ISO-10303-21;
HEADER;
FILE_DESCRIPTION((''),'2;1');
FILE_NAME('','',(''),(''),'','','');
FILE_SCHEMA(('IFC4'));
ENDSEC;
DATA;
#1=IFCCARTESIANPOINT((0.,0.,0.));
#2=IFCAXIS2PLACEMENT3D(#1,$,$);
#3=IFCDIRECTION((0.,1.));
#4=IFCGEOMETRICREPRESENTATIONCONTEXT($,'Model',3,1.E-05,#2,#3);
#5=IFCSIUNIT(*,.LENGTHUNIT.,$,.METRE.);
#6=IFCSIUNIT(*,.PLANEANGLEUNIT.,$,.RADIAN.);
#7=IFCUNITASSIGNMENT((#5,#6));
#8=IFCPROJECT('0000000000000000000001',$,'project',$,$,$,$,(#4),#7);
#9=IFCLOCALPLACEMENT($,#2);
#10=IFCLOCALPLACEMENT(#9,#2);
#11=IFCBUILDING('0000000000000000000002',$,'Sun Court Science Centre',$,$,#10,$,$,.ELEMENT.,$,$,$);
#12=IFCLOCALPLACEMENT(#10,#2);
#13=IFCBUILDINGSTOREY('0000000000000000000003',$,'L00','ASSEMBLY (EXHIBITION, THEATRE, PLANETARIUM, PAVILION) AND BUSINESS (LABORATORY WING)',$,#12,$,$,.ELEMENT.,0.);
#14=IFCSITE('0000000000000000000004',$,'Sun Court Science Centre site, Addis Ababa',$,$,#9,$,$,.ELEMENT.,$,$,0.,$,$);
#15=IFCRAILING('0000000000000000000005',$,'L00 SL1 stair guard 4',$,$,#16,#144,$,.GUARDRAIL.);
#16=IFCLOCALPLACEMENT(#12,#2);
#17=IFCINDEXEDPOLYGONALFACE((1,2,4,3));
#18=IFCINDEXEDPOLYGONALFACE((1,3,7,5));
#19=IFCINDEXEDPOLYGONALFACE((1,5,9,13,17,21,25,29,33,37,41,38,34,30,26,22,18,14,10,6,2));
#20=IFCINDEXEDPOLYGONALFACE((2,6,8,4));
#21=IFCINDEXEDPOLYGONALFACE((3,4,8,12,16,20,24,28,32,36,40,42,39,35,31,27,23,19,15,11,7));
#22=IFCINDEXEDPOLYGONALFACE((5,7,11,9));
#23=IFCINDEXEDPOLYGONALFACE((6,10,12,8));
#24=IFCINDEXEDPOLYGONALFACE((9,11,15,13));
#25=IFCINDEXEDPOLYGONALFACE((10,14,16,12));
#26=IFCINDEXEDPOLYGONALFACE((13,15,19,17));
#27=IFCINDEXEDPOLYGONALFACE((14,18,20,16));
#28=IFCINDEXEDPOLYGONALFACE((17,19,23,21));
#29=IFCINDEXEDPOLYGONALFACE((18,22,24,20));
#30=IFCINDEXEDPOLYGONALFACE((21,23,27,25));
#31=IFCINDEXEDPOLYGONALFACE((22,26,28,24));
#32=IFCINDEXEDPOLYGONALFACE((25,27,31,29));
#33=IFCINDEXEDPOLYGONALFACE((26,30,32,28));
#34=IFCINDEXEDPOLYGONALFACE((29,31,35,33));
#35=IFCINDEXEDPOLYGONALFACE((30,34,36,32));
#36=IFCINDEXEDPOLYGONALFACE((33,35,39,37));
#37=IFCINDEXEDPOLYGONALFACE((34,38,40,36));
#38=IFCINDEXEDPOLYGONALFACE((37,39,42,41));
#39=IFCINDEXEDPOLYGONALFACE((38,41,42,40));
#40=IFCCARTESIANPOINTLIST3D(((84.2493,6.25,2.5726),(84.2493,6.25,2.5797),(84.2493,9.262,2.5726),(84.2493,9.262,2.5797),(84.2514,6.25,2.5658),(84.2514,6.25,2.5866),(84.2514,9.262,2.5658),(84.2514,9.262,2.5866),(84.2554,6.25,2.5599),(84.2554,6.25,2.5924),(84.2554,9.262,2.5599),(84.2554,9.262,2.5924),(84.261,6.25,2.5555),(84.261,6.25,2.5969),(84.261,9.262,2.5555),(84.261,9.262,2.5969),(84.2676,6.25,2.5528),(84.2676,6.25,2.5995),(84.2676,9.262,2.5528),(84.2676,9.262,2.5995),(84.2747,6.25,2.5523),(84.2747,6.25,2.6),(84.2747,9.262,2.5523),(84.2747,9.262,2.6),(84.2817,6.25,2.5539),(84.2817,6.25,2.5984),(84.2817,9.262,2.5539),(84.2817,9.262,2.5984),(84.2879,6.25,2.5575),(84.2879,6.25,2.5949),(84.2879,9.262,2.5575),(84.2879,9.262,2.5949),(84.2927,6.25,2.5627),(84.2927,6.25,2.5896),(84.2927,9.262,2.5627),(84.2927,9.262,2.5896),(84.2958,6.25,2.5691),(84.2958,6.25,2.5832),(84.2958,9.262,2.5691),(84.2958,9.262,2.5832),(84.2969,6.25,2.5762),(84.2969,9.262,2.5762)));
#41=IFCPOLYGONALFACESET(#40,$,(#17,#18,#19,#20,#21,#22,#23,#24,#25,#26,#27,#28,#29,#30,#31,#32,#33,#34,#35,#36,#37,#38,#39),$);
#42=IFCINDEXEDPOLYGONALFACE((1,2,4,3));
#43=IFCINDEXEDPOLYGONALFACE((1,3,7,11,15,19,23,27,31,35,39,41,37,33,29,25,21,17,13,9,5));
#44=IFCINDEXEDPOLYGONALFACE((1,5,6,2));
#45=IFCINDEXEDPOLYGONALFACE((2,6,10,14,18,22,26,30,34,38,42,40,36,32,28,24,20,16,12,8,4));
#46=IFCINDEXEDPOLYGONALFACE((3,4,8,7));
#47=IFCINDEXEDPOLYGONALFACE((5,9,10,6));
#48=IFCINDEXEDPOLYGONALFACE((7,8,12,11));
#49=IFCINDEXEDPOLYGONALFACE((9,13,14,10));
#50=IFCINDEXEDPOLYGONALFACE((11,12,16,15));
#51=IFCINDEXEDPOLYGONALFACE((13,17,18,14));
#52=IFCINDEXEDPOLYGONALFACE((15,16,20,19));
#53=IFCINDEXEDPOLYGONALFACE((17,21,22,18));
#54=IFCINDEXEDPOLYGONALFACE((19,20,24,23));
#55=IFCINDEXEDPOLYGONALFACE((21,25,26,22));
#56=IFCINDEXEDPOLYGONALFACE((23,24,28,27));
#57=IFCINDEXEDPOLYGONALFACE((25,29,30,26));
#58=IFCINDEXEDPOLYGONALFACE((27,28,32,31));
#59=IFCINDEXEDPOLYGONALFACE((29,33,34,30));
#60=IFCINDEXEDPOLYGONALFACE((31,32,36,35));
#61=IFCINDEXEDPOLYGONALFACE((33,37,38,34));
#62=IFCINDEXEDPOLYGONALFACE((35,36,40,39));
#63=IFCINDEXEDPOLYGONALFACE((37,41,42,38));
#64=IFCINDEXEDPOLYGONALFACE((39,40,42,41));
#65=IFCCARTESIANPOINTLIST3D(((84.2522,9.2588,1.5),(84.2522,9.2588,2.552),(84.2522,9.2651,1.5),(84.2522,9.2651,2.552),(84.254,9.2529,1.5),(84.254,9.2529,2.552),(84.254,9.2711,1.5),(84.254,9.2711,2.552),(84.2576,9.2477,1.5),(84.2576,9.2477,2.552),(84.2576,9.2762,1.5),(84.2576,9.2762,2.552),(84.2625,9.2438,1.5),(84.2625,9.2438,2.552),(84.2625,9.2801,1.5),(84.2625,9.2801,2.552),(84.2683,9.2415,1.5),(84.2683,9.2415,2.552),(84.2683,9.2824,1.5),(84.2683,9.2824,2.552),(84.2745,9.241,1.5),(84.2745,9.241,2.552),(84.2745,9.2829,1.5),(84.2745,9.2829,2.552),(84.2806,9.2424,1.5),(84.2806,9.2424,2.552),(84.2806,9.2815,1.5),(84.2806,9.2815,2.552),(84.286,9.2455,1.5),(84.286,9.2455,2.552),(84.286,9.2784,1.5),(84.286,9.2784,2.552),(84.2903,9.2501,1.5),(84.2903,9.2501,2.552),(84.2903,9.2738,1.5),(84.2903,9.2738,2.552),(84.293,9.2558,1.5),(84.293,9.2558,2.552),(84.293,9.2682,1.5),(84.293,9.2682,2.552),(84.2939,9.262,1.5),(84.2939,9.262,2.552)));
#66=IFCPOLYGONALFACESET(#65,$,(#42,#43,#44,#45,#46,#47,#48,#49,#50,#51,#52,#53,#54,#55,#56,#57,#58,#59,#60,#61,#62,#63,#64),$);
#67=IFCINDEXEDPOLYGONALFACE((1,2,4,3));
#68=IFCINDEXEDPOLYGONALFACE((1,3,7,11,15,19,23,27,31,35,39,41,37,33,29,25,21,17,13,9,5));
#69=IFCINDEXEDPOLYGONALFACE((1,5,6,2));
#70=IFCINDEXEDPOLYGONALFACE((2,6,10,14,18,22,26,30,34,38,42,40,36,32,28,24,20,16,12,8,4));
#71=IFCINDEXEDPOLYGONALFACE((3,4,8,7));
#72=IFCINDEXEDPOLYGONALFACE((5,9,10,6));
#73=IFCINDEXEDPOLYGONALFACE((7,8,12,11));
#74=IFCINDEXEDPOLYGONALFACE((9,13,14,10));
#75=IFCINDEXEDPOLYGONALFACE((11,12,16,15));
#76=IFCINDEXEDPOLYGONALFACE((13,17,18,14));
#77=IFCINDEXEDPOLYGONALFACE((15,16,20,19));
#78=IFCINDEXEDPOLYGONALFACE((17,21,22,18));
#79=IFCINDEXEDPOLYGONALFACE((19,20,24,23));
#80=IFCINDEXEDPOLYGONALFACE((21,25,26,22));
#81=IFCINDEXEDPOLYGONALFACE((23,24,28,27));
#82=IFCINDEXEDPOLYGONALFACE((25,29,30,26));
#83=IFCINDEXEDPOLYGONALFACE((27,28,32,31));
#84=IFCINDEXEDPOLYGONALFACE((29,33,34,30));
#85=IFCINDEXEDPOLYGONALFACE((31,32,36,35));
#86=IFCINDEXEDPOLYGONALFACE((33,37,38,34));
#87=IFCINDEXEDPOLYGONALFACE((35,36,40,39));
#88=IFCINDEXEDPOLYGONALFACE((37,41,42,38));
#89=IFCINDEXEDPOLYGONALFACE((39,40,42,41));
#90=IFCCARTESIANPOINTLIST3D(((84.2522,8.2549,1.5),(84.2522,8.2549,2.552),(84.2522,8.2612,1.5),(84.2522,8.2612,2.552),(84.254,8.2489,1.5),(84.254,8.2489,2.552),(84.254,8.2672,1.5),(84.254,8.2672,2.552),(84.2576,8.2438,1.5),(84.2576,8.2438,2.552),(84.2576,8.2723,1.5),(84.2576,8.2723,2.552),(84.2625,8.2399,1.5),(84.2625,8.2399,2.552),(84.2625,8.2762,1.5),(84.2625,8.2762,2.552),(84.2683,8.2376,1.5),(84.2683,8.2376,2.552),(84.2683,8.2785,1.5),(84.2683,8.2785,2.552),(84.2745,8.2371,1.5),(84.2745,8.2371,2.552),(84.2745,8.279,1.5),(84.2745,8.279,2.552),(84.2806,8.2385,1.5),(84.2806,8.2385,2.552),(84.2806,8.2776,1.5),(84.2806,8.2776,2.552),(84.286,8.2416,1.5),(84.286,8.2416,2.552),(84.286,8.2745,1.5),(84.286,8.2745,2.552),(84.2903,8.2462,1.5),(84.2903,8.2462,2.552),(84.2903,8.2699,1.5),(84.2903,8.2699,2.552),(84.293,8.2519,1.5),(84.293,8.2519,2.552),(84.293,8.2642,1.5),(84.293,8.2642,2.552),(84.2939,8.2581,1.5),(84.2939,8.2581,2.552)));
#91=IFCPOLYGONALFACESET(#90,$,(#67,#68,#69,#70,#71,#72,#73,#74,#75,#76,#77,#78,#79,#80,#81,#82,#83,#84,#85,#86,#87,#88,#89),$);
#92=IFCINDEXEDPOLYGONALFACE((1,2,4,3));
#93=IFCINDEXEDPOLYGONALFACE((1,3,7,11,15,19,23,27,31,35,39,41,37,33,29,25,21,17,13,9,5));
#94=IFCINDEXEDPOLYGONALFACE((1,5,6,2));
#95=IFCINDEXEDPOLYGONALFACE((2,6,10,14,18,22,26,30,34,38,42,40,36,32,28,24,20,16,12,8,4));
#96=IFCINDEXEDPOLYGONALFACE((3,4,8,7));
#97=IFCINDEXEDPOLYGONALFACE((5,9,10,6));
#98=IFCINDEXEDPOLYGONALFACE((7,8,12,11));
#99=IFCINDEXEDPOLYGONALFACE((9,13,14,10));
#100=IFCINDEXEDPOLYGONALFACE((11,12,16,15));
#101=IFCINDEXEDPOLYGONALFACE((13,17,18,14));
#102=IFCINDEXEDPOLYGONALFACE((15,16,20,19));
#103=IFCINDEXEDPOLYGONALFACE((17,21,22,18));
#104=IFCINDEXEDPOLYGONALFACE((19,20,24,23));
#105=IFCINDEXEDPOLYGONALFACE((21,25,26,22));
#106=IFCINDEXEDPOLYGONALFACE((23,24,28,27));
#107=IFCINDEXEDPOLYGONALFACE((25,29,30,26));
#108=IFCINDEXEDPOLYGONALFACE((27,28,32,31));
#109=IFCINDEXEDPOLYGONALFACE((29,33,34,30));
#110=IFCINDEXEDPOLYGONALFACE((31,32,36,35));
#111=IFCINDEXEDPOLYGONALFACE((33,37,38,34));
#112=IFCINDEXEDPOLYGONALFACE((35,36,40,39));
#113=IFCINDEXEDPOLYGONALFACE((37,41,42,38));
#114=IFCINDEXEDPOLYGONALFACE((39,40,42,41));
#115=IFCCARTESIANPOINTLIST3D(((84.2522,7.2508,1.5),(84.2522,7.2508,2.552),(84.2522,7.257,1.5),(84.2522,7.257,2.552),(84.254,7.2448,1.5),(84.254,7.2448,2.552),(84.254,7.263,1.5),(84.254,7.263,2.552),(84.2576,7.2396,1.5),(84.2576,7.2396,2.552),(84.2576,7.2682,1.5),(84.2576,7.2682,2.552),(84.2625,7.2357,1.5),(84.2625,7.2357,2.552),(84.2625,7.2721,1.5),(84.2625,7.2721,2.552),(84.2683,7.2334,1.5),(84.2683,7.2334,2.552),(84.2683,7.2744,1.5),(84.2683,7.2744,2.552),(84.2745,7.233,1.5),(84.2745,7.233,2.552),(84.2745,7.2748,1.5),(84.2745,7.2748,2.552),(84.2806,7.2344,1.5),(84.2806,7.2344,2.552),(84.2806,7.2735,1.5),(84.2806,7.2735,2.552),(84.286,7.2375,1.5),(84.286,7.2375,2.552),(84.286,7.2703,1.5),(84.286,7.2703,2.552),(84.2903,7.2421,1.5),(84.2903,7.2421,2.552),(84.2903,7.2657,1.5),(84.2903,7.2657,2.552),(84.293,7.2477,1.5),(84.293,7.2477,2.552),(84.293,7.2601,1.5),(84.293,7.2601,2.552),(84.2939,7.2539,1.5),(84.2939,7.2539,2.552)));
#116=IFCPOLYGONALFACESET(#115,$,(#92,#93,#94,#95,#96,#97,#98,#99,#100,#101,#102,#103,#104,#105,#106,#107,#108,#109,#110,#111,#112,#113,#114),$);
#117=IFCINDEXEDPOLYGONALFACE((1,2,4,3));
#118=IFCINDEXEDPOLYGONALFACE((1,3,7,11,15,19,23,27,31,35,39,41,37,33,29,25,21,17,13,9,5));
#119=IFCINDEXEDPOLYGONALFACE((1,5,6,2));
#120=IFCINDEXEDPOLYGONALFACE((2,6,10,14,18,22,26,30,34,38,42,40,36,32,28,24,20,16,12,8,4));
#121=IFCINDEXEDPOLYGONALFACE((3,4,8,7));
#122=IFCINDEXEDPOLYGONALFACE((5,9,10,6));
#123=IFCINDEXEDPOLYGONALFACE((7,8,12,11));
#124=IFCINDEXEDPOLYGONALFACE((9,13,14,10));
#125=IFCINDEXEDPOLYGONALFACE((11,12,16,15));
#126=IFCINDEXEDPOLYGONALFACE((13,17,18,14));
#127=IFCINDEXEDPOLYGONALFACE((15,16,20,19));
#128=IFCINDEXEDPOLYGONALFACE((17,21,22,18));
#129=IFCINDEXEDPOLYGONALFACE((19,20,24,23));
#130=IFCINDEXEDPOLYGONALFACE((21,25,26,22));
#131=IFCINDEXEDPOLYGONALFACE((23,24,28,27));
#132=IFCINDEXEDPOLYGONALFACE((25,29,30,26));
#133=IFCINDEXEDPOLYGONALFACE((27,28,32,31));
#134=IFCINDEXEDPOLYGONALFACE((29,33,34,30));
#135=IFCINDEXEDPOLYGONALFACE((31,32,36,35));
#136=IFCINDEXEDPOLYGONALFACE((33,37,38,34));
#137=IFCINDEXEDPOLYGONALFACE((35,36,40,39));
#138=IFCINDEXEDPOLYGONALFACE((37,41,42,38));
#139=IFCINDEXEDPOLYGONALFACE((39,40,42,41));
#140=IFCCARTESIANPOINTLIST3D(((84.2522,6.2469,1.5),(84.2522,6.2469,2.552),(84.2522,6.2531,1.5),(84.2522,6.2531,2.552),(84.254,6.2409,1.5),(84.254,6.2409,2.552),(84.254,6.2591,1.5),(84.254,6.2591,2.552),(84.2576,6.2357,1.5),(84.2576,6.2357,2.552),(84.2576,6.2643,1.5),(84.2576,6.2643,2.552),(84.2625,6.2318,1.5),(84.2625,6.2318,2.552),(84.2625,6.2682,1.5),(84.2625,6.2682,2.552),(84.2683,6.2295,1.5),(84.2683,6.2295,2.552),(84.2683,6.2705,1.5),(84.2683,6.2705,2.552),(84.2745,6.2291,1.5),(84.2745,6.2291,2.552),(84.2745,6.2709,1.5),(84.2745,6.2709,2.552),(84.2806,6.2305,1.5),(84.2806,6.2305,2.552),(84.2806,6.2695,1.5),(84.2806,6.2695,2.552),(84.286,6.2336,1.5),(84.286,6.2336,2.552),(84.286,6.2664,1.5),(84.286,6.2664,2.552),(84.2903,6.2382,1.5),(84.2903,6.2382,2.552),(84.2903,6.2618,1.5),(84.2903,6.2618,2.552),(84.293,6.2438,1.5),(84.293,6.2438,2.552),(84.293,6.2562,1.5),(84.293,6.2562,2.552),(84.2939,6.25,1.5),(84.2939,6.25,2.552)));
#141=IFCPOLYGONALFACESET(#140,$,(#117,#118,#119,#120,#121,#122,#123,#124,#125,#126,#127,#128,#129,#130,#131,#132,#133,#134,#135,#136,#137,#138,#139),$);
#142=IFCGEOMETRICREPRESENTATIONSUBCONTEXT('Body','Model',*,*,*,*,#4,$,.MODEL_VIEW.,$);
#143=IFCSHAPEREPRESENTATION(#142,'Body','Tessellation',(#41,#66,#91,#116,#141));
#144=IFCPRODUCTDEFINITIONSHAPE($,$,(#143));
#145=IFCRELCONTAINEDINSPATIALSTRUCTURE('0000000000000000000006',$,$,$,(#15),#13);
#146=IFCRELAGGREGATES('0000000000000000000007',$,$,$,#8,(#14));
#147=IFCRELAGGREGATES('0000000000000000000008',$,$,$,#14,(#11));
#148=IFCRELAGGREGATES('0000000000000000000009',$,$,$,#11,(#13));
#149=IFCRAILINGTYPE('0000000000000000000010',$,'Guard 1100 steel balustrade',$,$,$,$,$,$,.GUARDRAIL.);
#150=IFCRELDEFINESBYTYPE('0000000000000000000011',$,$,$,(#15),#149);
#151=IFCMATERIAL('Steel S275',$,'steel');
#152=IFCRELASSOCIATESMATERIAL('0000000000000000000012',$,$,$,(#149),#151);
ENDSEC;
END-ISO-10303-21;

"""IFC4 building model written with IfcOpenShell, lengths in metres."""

from ifc_helpers import new_model, si_unit, direction, frame, origin, origin_2d, place, context, subcontext, project, spatial, circle, extrude, material, type_object, element, save


model = new_model("IFC4")

# Units and contexts
model_context = context("Model", 3, precision=1e-05, world=origin(), true_north=direction((0.0, 1.0)))
body_context = subcontext(model_context, "Body", "Model", "MODEL_VIEW")
ifc_project = project(units=[si_unit("LENGTHUNIT", "METRE"), si_unit("PLANEANGLEUNIT", "RADIAN")], contexts=[model_context])

# Site, building, storey
site_placement = place(None, origin())
site = spatial("IfcSite", under=ifc_project, at=site_placement, Name="Sun Court Science Centre site, Addis Ababa", CompositionType="ELEMENT", RefElevation=0.0)
building_placement = place(site_placement, origin())
building = spatial("IfcBuilding", under=site, at=building_placement, Name="Sun Court Science Centre", CompositionType="ELEMENT")
storey_placement = place(building_placement, origin())
storey = spatial("IfcBuildingStorey", under=building, at=storey_placement, Name="L00", Description="ASSEMBLY (EXHIBITION, THEATRE, PLANETARIUM, PAVILION) AND BUSINESS (LABORATORY WING)", CompositionType="ELEMENT", Elevation=0.0)

# Railing
ifc_material_1 = material(Name="Steel S275", Category="steel")
railing_type_1 = type_object("IfcRailingType", Name="Guard 1100 steel balustrade", PredefinedType="GUARDRAIL", material=ifc_material_1)
railing_1_placement = place(storey_placement, frame((84.2729, 9.262, 1.5)))
element("IfcRailing", 1, at=railing_1_placement, inside=storey, type_object=railing_type_1, Name="L00 SL1 stair guard 4", PredefinedType="GUARDRAIL", context=body_context, shape_type="SweptSolid", body=[
    extrude(circle(Radius=0.0239, at=origin_2d()), frame((0.0, 0.0, 1.0762), z_axis=(0.0, -1.0, 0.0), x_axis=(1.0, 0.0, 0.0)), (0.0, 0.0, 1.0), 3.012),
    extrude(circle(Radius=0.021, at=origin_2d()), origin(), (0.0, 0.0, 1.0), 1.052),
    extrude(circle(Radius=0.021, at=origin_2d()), frame((0.0, -1.0039, 0.0)), (0.0, 0.0, 1.0), 1.052),
    extrude(circle(Radius=0.021, at=origin_2d()), frame((0.0, -2.0081, 0.0)), (0.0, 0.0, 1.0), 1.052),
    extrude(circle(Radius=0.021, at=origin_2d()), frame((0.0, -3.012, 0.0)), (0.0, 0.0, 1.0), 1.052),
])

save(model, "model.ifc")
